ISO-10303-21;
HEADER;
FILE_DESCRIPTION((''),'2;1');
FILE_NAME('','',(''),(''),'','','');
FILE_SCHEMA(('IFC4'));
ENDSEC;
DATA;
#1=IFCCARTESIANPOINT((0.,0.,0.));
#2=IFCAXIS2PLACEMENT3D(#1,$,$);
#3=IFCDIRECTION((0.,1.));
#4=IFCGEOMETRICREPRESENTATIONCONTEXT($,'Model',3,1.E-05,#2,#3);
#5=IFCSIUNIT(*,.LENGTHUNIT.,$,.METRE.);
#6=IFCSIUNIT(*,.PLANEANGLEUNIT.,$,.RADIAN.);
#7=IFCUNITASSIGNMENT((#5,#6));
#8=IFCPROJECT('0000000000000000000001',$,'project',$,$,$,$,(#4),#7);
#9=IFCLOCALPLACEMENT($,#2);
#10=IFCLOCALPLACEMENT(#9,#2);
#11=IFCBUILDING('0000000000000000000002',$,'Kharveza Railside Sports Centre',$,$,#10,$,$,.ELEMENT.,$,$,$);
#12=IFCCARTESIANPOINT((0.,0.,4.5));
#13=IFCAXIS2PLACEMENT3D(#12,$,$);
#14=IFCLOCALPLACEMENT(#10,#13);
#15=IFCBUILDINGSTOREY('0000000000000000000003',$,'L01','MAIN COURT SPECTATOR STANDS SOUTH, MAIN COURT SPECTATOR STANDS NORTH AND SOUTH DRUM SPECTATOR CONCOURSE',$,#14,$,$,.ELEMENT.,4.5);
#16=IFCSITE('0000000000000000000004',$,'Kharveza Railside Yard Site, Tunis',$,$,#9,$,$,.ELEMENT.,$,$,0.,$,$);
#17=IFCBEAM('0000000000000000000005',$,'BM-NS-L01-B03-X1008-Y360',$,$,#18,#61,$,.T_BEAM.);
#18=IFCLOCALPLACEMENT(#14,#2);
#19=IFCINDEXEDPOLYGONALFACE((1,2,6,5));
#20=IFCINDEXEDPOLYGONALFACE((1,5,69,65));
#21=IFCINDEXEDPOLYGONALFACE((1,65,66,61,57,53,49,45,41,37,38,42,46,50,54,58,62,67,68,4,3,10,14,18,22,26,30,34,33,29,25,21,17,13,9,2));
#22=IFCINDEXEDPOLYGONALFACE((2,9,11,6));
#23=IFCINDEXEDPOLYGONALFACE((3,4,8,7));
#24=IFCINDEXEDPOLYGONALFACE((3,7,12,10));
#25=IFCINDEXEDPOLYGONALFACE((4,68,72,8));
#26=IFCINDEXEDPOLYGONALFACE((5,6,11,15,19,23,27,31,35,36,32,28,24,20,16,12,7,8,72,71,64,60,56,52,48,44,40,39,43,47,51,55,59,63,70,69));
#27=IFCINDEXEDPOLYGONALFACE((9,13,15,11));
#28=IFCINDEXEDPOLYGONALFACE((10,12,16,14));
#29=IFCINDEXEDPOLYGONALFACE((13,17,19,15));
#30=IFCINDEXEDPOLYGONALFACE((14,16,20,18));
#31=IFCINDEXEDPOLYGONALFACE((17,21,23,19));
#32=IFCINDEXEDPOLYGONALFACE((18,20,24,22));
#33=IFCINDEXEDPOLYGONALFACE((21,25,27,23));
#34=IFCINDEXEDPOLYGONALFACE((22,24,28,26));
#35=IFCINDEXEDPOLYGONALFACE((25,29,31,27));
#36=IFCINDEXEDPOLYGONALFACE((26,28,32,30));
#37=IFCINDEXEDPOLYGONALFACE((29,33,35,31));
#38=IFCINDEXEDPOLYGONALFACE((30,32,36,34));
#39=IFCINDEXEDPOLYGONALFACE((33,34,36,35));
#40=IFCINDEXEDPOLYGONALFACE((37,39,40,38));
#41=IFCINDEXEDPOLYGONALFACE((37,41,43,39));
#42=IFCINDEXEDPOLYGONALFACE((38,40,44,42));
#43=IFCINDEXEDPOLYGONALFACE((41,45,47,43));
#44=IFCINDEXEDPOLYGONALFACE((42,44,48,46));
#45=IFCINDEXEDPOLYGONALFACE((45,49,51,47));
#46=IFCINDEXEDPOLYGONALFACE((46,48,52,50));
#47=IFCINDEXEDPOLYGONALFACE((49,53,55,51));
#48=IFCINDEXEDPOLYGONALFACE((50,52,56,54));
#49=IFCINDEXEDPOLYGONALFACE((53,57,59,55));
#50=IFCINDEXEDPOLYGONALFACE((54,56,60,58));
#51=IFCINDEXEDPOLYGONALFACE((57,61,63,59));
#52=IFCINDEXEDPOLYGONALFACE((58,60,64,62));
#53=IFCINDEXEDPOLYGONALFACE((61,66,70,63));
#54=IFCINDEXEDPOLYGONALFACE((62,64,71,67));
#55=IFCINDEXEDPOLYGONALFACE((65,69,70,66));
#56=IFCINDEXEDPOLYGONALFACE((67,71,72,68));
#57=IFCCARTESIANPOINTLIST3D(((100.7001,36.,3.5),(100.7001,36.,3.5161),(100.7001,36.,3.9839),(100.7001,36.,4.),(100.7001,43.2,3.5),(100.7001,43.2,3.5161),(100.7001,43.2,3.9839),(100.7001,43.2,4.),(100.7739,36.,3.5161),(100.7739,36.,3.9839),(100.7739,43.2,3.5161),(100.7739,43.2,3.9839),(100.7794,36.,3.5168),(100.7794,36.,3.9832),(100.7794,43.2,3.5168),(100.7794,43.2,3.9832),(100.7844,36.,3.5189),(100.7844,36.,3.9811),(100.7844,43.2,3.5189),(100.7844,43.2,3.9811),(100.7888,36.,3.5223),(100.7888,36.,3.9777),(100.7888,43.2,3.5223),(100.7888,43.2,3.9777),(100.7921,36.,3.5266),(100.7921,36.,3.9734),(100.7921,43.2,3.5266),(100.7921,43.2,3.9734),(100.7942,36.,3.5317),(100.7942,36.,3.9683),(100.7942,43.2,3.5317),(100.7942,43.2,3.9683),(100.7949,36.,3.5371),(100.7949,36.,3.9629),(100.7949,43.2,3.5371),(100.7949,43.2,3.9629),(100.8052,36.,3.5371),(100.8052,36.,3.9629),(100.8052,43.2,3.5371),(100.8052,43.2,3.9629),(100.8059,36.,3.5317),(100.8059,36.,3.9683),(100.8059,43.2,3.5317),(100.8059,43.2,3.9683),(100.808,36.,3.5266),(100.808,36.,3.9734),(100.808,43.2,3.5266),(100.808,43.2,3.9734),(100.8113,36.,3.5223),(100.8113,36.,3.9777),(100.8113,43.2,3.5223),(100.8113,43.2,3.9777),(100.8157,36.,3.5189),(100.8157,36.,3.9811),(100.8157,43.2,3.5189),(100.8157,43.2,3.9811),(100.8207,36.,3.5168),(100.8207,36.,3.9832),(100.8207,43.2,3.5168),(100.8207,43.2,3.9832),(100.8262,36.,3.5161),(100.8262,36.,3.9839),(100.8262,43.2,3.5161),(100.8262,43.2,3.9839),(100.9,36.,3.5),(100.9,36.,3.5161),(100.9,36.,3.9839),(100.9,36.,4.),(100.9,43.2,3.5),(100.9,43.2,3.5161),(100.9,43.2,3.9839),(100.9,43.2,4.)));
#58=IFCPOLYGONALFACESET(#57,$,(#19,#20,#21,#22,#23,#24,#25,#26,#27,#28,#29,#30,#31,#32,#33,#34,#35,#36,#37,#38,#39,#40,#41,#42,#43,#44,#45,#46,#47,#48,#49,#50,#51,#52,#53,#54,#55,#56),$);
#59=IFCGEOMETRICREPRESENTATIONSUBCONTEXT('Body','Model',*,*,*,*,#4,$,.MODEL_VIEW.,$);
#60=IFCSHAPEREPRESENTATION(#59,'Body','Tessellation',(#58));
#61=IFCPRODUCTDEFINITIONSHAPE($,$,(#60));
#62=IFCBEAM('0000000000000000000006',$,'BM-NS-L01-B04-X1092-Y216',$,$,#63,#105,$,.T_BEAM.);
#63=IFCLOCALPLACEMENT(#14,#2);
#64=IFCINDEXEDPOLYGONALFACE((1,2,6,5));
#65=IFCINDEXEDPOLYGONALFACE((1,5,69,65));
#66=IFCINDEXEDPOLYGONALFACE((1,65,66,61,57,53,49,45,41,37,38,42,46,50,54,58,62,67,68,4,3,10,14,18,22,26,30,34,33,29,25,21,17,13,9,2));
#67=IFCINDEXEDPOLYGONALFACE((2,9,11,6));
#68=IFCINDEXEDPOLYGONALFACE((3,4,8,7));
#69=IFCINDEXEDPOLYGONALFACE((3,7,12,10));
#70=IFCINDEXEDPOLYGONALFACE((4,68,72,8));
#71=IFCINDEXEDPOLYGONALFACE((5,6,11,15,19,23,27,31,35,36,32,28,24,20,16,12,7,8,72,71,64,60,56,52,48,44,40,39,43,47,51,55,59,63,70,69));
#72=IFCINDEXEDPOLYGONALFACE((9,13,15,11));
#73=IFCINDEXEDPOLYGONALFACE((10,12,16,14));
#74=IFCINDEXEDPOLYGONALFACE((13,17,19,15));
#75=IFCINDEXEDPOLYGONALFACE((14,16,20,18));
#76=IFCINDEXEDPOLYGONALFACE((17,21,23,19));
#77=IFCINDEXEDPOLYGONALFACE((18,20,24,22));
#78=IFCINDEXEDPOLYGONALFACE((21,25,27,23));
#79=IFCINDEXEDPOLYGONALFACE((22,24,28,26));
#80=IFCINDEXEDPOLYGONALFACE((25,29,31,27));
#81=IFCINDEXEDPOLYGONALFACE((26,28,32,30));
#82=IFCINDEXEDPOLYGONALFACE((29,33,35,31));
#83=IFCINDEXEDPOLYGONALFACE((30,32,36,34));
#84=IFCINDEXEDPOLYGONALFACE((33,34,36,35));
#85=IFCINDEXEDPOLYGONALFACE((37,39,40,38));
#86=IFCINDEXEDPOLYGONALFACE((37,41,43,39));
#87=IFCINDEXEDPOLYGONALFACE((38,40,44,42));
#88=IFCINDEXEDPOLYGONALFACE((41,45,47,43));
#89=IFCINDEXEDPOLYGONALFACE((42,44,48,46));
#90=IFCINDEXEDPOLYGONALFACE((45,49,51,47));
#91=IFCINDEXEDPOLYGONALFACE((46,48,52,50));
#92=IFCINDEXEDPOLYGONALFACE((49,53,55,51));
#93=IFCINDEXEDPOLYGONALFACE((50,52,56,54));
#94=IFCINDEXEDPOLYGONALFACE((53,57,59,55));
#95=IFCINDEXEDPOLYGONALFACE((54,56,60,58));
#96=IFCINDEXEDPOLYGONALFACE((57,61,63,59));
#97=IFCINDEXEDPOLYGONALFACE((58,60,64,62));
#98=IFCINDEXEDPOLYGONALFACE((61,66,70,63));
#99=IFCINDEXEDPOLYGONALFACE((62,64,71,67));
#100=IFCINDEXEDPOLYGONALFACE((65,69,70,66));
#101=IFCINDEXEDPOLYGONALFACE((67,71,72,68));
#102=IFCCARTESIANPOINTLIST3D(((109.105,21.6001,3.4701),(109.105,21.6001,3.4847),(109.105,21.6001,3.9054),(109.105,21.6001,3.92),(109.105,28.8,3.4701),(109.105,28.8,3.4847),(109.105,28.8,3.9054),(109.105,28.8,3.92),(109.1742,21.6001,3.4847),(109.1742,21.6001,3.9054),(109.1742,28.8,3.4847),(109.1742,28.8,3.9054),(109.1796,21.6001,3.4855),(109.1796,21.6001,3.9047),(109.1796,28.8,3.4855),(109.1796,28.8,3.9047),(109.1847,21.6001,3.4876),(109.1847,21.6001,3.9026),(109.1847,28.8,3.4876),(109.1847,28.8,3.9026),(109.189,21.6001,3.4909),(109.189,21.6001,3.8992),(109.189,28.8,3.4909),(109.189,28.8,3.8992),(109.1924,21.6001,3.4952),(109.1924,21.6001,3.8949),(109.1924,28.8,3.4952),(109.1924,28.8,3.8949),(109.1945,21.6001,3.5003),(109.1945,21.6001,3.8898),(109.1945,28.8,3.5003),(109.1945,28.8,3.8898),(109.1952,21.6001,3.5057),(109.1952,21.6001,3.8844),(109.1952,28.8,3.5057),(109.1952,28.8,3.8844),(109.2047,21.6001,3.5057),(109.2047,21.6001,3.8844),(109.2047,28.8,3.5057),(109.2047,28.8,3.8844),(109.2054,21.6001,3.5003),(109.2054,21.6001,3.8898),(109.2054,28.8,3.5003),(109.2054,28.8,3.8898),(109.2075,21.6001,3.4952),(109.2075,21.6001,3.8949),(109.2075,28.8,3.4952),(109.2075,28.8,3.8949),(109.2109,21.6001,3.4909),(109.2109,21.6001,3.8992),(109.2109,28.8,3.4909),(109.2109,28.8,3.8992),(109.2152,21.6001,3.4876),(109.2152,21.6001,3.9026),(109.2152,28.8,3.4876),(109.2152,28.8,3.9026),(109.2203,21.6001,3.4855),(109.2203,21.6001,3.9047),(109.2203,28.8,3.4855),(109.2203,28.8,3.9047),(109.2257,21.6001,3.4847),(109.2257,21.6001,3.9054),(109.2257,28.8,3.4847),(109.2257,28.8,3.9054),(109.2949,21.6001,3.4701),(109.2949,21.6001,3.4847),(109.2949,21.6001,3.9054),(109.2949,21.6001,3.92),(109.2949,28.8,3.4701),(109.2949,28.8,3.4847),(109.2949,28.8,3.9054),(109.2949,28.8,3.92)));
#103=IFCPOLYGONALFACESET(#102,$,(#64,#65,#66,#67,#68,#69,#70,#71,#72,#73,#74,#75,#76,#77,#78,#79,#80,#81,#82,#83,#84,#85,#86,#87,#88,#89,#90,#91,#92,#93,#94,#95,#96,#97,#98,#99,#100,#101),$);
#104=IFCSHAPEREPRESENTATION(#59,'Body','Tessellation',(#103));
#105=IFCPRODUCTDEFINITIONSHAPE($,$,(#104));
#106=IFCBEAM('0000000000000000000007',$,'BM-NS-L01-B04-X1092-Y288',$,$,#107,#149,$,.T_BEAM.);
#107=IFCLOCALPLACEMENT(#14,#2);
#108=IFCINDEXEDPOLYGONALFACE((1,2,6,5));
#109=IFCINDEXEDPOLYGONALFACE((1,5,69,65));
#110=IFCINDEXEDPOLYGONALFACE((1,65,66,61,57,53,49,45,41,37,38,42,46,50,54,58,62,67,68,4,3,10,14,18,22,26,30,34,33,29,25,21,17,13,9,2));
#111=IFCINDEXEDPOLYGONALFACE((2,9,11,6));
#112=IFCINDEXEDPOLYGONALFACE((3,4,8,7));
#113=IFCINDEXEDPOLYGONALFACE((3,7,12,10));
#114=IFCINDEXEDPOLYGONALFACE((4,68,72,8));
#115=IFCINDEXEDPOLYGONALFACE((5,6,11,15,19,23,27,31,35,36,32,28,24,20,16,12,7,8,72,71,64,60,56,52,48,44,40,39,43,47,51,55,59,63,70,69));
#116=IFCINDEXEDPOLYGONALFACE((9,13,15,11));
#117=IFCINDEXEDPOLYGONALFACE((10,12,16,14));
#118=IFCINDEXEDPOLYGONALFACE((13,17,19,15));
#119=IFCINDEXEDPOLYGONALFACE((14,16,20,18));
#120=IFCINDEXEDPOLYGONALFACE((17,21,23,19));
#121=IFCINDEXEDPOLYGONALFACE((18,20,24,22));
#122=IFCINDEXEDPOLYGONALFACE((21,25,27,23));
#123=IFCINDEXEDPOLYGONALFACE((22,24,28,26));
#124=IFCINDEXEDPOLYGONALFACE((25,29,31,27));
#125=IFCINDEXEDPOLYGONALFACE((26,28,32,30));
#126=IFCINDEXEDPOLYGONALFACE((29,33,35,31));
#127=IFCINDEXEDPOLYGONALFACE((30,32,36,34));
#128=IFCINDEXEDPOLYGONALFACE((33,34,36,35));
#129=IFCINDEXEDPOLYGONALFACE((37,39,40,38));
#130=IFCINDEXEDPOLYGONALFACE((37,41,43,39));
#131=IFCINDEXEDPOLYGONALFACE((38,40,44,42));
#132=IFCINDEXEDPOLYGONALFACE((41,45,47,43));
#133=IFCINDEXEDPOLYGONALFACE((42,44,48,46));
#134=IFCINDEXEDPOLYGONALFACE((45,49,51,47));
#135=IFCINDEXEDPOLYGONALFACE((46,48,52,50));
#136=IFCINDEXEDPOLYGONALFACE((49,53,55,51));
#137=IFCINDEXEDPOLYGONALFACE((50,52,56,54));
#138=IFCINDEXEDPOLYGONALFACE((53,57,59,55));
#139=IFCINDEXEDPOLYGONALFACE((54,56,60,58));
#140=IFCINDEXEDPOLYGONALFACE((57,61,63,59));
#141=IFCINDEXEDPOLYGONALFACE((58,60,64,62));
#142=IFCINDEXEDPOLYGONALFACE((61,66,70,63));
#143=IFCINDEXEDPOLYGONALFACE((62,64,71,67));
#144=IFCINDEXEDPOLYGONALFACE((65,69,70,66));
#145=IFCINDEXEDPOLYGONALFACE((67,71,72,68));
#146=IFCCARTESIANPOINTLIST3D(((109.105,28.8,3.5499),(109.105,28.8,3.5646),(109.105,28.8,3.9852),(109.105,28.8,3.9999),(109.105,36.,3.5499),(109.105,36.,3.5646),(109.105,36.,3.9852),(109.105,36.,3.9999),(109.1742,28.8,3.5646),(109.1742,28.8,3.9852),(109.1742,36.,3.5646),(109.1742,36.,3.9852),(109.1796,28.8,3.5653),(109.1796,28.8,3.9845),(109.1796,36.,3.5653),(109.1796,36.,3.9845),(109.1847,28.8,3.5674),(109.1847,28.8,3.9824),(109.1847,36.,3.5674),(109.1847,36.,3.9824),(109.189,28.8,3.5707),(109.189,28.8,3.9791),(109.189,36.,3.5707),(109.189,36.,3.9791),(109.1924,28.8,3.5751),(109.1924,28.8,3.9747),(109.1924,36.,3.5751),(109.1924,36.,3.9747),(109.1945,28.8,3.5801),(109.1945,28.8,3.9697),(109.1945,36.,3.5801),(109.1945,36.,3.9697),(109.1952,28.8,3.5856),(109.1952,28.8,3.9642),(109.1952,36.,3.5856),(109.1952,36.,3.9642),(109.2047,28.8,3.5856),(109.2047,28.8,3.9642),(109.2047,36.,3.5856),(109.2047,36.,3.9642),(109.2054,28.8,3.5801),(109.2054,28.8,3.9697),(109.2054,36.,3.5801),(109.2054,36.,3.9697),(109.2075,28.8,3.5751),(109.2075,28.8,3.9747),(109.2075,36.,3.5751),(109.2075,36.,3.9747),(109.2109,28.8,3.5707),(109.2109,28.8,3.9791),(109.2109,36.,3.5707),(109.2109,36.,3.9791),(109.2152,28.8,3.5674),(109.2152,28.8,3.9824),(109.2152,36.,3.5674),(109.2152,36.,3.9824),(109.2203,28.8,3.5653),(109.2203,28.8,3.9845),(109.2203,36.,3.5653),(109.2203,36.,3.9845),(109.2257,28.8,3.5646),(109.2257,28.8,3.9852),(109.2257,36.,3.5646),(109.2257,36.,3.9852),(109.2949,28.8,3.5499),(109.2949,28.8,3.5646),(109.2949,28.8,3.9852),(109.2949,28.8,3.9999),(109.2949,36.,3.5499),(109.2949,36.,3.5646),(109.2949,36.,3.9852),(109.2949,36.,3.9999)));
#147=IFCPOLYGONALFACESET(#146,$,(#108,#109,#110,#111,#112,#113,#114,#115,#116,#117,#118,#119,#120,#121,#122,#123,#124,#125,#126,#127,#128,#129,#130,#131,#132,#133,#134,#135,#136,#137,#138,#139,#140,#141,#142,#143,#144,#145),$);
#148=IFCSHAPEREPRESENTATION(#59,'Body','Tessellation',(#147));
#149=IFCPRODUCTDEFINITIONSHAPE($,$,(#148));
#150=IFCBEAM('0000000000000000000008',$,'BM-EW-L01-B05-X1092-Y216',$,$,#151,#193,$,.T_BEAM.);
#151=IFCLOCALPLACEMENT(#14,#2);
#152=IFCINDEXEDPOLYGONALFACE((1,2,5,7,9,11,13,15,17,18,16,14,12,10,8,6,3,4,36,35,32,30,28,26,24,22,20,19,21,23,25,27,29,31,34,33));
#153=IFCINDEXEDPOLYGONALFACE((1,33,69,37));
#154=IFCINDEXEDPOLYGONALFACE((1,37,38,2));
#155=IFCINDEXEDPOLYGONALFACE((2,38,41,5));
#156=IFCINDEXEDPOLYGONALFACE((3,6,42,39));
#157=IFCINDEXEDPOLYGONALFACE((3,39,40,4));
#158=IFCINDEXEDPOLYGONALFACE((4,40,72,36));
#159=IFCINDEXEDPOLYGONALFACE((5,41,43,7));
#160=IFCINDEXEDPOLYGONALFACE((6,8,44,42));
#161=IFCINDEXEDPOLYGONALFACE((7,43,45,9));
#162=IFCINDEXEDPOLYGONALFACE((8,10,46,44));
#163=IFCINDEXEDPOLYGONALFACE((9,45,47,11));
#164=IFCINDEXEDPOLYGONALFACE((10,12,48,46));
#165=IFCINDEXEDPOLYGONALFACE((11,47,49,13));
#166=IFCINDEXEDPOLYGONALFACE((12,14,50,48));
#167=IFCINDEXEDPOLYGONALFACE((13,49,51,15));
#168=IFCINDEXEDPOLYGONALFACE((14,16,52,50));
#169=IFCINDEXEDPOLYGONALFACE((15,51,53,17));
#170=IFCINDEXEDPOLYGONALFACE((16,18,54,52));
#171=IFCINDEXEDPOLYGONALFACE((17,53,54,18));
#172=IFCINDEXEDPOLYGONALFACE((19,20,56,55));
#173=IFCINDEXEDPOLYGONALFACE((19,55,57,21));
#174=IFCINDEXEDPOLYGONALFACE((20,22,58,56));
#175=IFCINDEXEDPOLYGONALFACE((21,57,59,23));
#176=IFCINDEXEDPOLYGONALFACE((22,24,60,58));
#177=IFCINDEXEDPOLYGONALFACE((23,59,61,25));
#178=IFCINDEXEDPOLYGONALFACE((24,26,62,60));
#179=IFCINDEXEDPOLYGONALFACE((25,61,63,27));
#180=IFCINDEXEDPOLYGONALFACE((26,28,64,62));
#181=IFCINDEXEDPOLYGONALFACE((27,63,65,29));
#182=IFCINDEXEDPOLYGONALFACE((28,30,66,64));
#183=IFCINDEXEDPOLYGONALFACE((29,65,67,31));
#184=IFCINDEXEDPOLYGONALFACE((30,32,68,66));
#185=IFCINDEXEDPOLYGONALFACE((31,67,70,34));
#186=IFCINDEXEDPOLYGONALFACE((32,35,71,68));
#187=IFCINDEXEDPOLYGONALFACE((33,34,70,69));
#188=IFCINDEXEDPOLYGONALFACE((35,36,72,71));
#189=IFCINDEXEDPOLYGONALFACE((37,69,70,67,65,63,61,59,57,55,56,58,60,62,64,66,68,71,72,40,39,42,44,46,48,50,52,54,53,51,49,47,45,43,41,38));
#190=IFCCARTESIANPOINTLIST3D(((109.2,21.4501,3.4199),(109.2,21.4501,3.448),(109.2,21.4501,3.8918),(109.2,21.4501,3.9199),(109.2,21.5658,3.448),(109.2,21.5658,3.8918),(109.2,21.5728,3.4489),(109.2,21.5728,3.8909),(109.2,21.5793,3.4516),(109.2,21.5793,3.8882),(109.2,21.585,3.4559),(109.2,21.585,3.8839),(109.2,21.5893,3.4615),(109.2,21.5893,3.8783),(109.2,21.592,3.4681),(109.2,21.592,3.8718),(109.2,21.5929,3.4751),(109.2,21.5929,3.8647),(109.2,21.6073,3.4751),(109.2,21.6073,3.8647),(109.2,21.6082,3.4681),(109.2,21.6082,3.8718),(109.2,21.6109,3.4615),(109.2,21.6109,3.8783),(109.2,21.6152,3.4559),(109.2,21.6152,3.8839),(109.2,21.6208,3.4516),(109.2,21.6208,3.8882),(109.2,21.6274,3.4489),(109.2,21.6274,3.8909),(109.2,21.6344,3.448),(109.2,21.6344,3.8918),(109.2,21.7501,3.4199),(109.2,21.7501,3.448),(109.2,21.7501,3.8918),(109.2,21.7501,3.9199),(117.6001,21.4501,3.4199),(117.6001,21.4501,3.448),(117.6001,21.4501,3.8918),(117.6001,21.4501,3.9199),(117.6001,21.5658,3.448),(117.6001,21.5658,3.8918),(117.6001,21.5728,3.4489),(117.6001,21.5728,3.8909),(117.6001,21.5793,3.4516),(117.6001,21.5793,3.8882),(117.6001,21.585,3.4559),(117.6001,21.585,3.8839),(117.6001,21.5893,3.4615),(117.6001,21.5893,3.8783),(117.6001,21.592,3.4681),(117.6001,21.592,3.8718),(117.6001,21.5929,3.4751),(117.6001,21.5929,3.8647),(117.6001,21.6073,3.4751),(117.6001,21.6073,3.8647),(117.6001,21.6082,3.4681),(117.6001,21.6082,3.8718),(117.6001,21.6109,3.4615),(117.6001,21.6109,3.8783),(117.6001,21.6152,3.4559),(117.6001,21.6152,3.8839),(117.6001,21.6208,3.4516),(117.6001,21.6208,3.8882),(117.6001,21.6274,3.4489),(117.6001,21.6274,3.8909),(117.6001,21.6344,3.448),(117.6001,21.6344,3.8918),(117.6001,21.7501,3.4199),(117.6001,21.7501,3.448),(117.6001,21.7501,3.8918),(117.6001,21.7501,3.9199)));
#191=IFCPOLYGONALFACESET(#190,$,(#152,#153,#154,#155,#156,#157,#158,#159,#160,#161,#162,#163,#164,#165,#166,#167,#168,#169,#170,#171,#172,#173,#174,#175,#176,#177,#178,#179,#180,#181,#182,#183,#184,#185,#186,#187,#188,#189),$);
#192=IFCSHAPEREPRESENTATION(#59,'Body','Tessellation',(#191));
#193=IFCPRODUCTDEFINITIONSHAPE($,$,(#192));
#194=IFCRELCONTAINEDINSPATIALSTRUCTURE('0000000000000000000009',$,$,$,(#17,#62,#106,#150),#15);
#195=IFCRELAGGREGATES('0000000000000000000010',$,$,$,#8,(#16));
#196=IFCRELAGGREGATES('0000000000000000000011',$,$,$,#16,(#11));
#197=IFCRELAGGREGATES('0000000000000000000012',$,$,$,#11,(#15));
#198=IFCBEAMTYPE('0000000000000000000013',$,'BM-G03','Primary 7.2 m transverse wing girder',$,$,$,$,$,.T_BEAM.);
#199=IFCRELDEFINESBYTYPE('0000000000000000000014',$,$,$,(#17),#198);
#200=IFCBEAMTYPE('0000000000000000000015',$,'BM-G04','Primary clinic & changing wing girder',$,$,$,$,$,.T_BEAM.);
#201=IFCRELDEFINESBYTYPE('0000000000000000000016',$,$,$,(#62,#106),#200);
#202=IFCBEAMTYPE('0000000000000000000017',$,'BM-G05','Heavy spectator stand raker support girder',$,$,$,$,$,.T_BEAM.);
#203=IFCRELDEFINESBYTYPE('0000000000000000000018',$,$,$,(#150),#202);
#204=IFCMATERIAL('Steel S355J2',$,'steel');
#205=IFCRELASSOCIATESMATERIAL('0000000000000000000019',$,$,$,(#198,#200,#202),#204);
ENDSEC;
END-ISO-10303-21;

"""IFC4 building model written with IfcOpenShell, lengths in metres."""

from ifc_helpers import new_model, si_unit, direction, frame, origin, origin_2d, place, context, subcontext, project, spatial, i_section, extrude, material, material_profile, profile_set, type_object, element, save


model = new_model("IFC4")

# Units and contexts
model_context = context("Model", 3, precision=1e-05, world=origin(), true_north=direction((0.0, 1.0)))
body_context = subcontext(model_context, "Body", "Model", "MODEL_VIEW")
ifc_project = project(units=[si_unit("LENGTHUNIT", "METRE"), si_unit("PLANEANGLEUNIT", "RADIAN")], contexts=[model_context])

# Site, building, storey
site_placement = place(None, origin())
site = spatial("IfcSite", under=ifc_project, at=site_placement, Name="Kharveza Railside Yard Site, Tunis", CompositionType="ELEMENT", RefElevation=0.0)
building_placement = place(site_placement, origin())
building = spatial("IfcBuilding", under=site, at=building_placement, Name="Kharveza Railside Sports Centre", CompositionType="ELEMENT")
storey_placement = place(building_placement, frame((0.0, 0.0, 4.5)))
storey = spatial("IfcBuildingStorey", under=building, at=storey_placement, Name="L01", Description="MAIN COURT SPECTATOR STANDS SOUTH, MAIN COURT SPECTATOR STANDS NORTH AND SOUTH DRUM SPECTATOR CONCOURSE", CompositionType="ELEMENT", Elevation=4.5)

# Shared definitions
ifc_material_1 = material(Name="Steel S355J2", Category="steel")

# Beams
ifc_material_profile_1 = material_profile(ifc_material_1, i_section(OverallWidth=0.2, OverallDepth=0.5, WebThickness=0.0103, FlangeThickness=0.0161, FilletRadius=0.021, at=origin_2d()), Name="IPE 500")
ifc_profile_set_1 = profile_set([ifc_material_profile_1], Name="Steel S355J2")
beam_type_1 = type_object("IfcBeamType", Name="BM-G03", Description="Primary 7.2 m transverse wing girder", PredefinedType="T_BEAM", material=ifc_profile_set_1)
beam_1_placement = place(storey_placement, frame((100.8, 36.0, 3.75), z_axis=(0.0, 1.0, 0.0), x_axis=(-1.0, 0.0, 0.0)))
element("IfcBeam", 1, at=beam_1_placement, inside=storey, type_object=beam_type_1, Name="BM-NS-L01-B03-X1008-Y360", PredefinedType="T_BEAM", context=body_context, shape_type="SweptSolid", body=[
    extrude(i_section(OverallWidth=0.2, OverallDepth=0.5, WebThickness=0.0103, FlangeThickness=0.0161, FilletRadius=0.021, at=origin_2d()), origin(), (0.0, 0.0, 1.0), 7.2),
])
ifc_material_profile_2 = material_profile(ifc_material_1, i_section(OverallWidth=0.1899, OverallDepth=0.45, WebThickness=0.0095, FlangeThickness=0.0146, FilletRadius=0.021, at=origin_2d()), Name="IPE 450")
ifc_profile_set_2 = profile_set([ifc_material_profile_2], Name="Steel S355J2")
beam_type_2 = type_object("IfcBeamType", Name="BM-G04", Description="Primary clinic & changing wing girder", PredefinedType="T_BEAM", material=ifc_profile_set_2)
for number, where, z_axis, x_axis, name in (
    (2, (109.2, 21.6001, 3.6951), (0.0, 1.0, 0.0), (-1.0, 0.0, 0.0), "BM-NS-L01-B04-X1092-Y216"),
    (3, (109.2, 28.8, 3.7749), (0.0, 1.0, 0.0), (-1.0, 0.0, 0.0), "BM-NS-L01-B04-X1092-Y288"),
):
    element("IfcBeam", number, at=place(storey_placement, frame(where, z_axis=z_axis, x_axis=x_axis)), inside=storey, type_object=beam_type_2, Name=name, PredefinedType="T_BEAM", context=body_context, shape_type="SweptSolid", body=[
        extrude(i_section(OverallWidth=0.1899, OverallDepth=0.45, WebThickness=0.0095, FlangeThickness=0.0146, FilletRadius=0.021, at=origin_2d()), origin(), (0.0, 0.0, 1.0), 7.2),
    ])
ifc_material_profile_3 = material_profile(ifc_material_1, i_section(OverallWidth=0.3, OverallDepth=0.5, WebThickness=0.0144, FlangeThickness=0.0281, FilletRadius=0.0271, at=origin_2d()), Name="HEB 500")
ifc_profile_set_3 = profile_set([ifc_material_profile_3], Name="Steel S355J2")
beam_type_3 = type_object("IfcBeamType", Name="BM-G05", Description="Heavy spectator stand raker support girder", PredefinedType="T_BEAM", material=ifc_profile_set_3)
beam_2_placement = place(storey_placement, frame((109.2, 21.6001, 3.6699), z_axis=(1.0, 0.0, 0.0), x_axis=(0.0, 1.0, 0.0)))
element("IfcBeam", 4, at=beam_2_placement, inside=storey, type_object=beam_type_3, Name="BM-EW-L01-B05-X1092-Y216", PredefinedType="T_BEAM", context=body_context, shape_type="SweptSolid", body=[
    extrude(i_section(OverallWidth=0.3, OverallDepth=0.5, WebThickness=0.0144, FlangeThickness=0.0281, FilletRadius=0.0271, at=origin_2d()), origin(), (0.0, 0.0, 1.0), 8.4001),
])

save(model, "model.ifc")
